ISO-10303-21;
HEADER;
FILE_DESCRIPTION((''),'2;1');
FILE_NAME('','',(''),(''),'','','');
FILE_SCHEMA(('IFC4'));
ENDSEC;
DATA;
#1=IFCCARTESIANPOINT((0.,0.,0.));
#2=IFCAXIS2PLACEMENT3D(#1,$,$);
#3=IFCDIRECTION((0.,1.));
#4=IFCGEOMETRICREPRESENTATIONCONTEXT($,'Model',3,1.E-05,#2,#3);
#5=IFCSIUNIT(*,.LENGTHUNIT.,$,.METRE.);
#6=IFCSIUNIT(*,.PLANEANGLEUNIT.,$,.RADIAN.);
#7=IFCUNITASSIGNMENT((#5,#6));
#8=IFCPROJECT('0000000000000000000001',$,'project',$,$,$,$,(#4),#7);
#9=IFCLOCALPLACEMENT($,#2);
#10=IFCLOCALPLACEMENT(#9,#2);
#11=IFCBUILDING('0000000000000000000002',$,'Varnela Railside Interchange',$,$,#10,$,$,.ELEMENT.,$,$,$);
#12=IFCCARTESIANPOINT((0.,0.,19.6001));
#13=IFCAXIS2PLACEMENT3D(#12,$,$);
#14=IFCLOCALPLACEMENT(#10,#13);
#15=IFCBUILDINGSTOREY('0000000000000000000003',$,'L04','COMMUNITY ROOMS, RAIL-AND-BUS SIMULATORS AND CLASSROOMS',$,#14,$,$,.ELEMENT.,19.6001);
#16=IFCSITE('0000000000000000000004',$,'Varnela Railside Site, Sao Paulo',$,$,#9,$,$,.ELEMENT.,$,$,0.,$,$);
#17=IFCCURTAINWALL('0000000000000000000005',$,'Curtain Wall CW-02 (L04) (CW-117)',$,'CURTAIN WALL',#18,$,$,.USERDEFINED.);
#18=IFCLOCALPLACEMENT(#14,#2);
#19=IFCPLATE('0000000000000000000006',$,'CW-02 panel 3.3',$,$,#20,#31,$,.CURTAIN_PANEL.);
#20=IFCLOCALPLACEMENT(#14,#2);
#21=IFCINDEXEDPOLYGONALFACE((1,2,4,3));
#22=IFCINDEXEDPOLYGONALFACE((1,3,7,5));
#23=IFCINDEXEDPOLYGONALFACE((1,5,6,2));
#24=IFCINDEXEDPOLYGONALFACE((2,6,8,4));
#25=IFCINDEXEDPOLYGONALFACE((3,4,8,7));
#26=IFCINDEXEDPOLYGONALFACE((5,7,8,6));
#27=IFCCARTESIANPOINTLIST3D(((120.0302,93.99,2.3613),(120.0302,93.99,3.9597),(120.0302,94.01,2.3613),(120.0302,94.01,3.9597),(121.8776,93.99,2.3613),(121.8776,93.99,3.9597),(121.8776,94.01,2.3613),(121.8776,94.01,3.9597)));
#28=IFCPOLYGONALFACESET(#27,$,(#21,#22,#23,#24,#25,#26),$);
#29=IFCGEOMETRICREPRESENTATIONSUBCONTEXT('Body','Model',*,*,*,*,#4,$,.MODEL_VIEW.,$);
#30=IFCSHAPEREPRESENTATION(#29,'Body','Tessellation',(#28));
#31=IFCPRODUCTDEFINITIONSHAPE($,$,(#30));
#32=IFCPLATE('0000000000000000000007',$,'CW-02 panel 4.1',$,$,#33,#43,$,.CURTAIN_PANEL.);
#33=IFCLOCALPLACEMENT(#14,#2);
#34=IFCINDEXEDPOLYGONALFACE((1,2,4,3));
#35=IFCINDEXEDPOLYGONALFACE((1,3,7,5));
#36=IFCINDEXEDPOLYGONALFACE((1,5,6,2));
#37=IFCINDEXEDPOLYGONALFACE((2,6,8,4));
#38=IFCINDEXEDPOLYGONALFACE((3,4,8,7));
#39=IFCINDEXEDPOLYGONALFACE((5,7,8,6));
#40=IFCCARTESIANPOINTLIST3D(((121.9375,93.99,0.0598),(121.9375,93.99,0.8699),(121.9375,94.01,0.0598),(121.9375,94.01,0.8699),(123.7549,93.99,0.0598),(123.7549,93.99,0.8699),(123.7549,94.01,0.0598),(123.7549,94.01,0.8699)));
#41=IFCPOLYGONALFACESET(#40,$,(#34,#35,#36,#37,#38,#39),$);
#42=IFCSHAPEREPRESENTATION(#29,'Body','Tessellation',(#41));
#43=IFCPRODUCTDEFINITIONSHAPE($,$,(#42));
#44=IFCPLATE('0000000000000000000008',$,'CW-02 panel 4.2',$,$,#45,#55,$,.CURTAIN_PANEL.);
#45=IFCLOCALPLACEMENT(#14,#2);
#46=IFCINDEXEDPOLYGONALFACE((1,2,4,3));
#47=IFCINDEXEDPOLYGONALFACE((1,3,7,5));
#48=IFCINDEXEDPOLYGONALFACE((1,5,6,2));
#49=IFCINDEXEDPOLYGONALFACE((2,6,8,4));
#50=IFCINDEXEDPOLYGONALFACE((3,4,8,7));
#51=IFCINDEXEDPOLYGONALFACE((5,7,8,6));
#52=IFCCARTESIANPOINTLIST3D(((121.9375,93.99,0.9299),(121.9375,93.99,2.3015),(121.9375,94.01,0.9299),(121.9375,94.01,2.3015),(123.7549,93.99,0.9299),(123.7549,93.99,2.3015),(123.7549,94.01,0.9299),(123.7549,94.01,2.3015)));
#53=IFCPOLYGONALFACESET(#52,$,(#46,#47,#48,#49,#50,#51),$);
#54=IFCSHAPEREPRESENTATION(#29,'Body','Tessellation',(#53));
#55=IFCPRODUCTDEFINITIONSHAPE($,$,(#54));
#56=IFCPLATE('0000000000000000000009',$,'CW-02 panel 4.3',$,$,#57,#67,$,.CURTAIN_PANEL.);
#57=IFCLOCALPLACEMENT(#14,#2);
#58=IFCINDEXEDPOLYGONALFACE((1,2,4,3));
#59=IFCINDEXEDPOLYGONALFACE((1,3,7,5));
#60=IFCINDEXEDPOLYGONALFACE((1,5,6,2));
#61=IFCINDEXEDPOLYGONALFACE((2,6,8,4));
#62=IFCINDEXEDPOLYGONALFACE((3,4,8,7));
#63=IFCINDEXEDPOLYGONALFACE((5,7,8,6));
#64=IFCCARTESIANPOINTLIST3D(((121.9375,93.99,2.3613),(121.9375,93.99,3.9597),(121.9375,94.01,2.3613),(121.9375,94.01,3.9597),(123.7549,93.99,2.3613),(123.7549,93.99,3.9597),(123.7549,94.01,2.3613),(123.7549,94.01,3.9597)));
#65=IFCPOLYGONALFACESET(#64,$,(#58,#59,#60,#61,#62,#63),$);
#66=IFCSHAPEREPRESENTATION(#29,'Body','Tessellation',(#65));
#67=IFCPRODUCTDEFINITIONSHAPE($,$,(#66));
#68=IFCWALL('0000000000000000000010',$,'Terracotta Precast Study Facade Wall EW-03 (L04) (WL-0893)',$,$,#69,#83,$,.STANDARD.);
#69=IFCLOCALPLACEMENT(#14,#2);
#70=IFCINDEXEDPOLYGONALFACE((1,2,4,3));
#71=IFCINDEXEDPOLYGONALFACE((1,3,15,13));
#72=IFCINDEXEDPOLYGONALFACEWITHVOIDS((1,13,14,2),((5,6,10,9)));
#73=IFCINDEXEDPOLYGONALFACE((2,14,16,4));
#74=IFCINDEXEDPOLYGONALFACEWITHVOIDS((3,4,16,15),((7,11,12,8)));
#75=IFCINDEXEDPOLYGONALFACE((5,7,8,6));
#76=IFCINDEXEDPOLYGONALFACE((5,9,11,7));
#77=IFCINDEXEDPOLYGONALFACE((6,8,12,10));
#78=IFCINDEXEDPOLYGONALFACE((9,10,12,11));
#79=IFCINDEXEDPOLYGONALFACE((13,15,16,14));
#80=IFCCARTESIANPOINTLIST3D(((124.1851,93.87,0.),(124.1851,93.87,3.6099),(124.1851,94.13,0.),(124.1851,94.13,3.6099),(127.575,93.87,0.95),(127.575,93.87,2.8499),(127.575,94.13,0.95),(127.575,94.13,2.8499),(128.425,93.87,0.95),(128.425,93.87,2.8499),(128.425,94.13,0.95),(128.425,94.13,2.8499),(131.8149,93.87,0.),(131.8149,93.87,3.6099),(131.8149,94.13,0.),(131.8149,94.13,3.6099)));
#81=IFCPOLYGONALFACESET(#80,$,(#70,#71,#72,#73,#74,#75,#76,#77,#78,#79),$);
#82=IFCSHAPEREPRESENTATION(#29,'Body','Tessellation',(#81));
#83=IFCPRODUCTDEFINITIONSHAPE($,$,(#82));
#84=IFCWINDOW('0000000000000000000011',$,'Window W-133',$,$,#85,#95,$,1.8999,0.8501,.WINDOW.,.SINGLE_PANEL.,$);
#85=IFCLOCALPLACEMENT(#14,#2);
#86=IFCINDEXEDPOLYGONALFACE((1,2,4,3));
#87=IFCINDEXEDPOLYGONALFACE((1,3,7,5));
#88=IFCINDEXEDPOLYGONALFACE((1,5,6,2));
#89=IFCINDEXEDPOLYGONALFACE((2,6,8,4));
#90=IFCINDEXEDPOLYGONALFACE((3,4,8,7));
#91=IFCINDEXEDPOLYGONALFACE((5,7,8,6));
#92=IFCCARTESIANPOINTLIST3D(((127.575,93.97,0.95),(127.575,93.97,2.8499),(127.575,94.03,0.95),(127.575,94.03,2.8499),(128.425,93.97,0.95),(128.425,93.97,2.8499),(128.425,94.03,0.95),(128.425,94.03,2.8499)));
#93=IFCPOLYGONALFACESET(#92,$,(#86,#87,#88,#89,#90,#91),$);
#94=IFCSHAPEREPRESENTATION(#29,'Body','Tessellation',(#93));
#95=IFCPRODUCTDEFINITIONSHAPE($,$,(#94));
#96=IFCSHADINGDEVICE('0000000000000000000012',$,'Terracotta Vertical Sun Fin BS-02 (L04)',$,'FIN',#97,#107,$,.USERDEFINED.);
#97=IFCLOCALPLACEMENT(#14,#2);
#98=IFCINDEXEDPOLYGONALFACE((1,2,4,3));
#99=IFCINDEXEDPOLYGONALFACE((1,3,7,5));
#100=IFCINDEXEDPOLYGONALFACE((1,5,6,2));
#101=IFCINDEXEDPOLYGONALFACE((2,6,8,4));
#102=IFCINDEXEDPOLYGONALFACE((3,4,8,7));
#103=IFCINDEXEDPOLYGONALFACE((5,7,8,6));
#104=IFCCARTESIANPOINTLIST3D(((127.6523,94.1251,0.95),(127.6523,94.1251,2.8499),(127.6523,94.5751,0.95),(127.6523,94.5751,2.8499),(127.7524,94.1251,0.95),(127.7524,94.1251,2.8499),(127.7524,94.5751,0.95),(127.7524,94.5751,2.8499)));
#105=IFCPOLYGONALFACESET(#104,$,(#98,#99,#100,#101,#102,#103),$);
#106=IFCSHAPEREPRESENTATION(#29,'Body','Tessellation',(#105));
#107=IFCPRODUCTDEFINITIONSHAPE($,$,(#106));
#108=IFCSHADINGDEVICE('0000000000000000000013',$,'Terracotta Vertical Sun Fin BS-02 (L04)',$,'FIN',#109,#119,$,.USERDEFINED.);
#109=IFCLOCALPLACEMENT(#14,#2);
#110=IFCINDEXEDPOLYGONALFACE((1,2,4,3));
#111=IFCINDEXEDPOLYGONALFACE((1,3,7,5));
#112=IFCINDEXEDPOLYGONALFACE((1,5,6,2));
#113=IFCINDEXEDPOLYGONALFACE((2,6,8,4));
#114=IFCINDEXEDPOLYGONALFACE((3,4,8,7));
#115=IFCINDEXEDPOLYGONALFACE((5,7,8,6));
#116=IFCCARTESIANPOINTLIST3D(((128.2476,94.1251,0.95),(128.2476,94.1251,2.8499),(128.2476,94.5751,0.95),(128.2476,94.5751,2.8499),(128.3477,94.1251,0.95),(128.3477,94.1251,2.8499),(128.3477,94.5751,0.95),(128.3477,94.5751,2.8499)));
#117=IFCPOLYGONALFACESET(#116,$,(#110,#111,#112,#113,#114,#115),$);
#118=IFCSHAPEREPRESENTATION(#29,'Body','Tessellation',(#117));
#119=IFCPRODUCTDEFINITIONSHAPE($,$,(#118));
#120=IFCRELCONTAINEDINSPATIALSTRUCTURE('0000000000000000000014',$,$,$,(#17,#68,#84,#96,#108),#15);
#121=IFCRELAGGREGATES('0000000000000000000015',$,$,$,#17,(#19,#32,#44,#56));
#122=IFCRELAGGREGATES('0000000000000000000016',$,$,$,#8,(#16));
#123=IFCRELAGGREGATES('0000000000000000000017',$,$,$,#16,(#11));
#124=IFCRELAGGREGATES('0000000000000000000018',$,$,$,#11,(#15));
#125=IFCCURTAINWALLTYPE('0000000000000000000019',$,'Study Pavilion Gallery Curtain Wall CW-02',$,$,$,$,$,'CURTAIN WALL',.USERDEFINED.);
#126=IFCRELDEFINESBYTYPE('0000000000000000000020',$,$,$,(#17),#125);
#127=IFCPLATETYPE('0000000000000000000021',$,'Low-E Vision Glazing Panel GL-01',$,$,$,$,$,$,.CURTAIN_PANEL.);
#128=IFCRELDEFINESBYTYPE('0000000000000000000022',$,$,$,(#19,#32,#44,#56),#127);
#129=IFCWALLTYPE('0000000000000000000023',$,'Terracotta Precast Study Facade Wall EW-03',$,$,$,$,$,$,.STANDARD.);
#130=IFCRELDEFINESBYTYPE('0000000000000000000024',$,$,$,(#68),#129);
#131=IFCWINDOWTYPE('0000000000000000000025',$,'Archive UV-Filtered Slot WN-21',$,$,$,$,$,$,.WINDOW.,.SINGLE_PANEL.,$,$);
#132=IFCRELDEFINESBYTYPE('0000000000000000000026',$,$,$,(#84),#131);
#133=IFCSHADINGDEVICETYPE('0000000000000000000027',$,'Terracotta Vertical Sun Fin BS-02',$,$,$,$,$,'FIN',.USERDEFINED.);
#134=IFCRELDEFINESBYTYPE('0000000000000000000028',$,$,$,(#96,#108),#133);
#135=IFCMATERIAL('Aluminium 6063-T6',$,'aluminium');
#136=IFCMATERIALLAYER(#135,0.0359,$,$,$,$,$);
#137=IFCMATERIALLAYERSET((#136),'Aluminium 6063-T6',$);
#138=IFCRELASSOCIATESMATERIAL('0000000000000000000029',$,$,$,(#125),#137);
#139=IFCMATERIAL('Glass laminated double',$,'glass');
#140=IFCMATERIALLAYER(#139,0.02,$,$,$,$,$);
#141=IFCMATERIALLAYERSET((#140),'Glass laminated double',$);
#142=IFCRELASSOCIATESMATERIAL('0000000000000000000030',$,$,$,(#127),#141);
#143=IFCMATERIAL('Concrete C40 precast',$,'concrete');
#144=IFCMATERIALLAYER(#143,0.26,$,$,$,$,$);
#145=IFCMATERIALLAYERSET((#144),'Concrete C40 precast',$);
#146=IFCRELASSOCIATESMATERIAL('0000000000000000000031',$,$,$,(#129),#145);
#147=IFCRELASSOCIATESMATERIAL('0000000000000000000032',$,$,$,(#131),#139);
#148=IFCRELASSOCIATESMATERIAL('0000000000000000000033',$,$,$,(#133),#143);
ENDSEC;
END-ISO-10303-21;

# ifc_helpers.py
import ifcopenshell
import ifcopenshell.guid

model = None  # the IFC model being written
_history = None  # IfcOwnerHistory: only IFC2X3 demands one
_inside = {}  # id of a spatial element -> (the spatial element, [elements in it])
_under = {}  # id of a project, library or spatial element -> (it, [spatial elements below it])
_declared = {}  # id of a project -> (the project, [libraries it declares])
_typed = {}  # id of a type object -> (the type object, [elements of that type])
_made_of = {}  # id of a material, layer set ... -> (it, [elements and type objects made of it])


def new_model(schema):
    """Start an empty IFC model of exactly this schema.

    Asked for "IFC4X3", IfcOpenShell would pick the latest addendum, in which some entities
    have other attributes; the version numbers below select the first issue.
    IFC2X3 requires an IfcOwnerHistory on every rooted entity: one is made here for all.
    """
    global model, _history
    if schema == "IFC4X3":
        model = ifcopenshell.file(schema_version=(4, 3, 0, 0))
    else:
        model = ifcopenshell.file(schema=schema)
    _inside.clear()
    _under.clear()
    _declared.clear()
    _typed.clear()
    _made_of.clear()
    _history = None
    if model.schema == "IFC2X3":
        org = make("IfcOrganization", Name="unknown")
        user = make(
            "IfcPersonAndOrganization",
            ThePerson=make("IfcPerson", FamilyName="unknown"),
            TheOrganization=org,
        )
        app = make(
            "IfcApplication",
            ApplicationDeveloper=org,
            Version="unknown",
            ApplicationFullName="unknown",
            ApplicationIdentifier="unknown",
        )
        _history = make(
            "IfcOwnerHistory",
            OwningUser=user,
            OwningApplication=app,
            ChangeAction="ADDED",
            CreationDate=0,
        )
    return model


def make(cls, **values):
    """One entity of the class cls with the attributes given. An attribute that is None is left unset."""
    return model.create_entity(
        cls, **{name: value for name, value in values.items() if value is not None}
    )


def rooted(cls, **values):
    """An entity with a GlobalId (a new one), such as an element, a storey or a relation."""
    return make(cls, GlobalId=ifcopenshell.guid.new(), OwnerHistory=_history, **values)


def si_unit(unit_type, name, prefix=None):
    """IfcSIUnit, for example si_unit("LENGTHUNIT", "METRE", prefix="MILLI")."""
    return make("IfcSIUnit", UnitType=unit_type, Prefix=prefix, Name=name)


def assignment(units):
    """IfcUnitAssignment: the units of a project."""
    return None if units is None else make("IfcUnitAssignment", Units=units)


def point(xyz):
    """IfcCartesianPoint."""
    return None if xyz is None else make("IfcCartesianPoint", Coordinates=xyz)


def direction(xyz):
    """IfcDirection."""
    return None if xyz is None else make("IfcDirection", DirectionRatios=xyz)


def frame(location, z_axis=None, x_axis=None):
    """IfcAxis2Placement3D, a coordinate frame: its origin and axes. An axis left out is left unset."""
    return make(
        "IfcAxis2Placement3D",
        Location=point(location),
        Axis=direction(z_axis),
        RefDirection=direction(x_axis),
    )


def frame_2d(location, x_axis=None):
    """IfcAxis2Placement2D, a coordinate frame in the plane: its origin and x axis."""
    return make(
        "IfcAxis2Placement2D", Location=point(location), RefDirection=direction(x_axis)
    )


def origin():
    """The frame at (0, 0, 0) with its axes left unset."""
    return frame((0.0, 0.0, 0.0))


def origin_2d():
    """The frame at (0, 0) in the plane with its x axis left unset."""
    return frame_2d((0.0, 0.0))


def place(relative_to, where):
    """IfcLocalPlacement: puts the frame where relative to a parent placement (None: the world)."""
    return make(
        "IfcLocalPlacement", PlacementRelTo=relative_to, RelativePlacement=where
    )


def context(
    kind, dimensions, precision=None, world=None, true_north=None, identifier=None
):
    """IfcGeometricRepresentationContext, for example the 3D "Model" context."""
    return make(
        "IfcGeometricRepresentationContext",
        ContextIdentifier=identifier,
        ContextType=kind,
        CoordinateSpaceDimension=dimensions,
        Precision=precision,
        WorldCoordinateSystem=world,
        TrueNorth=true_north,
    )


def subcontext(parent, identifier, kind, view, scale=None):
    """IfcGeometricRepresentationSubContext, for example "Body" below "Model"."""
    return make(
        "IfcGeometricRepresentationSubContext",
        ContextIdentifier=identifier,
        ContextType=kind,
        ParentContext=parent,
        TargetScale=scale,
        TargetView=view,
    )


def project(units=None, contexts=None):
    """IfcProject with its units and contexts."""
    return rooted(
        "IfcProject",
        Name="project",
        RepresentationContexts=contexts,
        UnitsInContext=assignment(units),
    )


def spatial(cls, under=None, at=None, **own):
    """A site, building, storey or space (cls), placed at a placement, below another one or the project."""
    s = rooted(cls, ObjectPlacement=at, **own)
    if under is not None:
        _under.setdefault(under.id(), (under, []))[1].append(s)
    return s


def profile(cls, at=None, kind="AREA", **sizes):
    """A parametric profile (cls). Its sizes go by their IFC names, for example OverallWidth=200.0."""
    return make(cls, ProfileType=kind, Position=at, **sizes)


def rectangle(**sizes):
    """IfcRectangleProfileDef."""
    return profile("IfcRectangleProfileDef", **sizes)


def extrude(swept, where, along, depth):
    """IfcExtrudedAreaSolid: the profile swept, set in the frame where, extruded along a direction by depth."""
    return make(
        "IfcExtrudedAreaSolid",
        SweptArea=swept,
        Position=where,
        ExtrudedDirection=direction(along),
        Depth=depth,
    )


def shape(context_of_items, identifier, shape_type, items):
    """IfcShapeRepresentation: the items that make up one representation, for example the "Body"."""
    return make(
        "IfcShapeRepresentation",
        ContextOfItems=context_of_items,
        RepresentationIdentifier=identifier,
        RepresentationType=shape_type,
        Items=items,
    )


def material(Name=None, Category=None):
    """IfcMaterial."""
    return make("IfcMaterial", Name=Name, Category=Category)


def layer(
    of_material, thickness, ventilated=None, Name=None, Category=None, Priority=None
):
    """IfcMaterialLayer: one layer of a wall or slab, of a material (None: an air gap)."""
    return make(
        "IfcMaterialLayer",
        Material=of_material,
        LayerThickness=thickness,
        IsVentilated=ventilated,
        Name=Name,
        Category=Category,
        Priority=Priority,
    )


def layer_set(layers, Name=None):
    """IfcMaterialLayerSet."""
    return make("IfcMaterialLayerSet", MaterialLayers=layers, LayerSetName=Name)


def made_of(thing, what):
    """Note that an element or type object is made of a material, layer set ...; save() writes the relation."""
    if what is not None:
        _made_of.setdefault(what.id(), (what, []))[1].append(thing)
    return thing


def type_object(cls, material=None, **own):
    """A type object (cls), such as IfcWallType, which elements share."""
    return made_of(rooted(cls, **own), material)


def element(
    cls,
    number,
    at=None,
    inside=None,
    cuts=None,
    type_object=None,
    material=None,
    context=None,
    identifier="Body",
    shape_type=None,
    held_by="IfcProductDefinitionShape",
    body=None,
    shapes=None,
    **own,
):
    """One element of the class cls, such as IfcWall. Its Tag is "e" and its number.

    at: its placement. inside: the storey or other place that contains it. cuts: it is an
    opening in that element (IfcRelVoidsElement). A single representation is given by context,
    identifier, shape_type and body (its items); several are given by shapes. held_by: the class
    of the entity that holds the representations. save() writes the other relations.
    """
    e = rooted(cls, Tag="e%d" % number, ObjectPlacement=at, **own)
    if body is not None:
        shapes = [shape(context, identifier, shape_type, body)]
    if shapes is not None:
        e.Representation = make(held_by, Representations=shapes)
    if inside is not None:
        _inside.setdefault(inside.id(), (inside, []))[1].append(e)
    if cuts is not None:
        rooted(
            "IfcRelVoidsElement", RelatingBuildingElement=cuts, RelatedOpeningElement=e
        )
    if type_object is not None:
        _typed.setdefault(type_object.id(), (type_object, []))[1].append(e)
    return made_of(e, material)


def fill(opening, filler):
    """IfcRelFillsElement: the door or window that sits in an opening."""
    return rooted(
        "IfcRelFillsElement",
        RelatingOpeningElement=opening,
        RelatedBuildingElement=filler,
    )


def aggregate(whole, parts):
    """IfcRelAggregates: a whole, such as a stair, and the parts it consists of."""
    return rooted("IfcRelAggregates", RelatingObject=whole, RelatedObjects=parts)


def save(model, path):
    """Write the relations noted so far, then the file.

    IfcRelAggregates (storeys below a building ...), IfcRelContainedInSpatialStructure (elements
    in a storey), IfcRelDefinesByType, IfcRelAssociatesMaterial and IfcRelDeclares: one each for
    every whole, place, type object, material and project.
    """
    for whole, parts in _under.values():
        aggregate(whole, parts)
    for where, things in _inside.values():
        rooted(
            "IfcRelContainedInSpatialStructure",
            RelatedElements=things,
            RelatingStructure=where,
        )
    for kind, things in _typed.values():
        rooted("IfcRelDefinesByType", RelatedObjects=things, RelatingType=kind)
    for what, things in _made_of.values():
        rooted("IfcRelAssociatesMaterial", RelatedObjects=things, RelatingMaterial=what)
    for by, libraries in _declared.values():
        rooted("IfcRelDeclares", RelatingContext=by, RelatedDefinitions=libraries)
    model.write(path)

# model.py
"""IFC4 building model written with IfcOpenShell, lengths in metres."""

from ifc_helpers import new_model, si_unit, direction, frame, frame_2d, origin, origin_2d, place, context, subcontext, project, spatial, rectangle, extrude, material, layer, layer_set, type_object, element, fill, aggregate, save


model = new_model("IFC4")

# Units and contexts
model_context = context("Model", 3, precision=1e-05, world=origin(), true_north=direction((0.0, 1.0)))
body_context = subcontext(model_context, "Body", "Model", "MODEL_VIEW")
ifc_project = project(units=[si_unit("LENGTHUNIT", "METRE"), si_unit("PLANEANGLEUNIT", "RADIAN")], contexts=[model_context])

# Site, building, storey
site_placement = place(None, origin())
site = spatial("IfcSite", under=ifc_project, at=site_placement, Name="Varnela Railside Site, Sao Paulo", CompositionType="ELEMENT", RefElevation=0.0)
building_placement = place(site_placement, origin())
building = spatial("IfcBuilding", under=site, at=building_placement, Name="Varnela Railside Interchange", CompositionType="ELEMENT")
storey_placement = place(building_placement, frame((0.0, 0.0, 19.6001)))
storey = spatial("IfcBuildingStorey", under=building, at=storey_placement, Name="L04", Description="COMMUNITY ROOMS, RAIL-AND-BUS SIMULATORS AND CLASSROOMS", CompositionType="ELEMENT", Elevation=19.6001)

# Curtain wall
ifc_material_1 = material(Name="Aluminium 6063-T6", Category="aluminium")
ifc_layer_1 = layer(ifc_material_1, 0.0359)
ifc_layer_set_1 = layer_set([ifc_layer_1], Name="Aluminium 6063-T6")
curtain_wall_type = type_object("IfcCurtainWallType", Name="Study Pavilion Gallery Curtain Wall CW-02", ElementType="CURTAIN WALL", PredefinedType="USERDEFINED", material=ifc_layer_set_1)
curtain_wall_placement = place(storey_placement, origin())
curtain_wall = element("IfcCurtainWall", 1, at=curtain_wall_placement, inside=storey, type_object=curtain_wall_type, Name="Curtain Wall CW-02 (L04) (CW-117)", ObjectType="CURTAIN WALL", PredefinedType="USERDEFINED")

# Plates
ifc_material_2 = material(Name="Glass laminated double", Category="glass")
ifc_layer_2 = layer(ifc_material_2, 0.02)
ifc_layer_set_2 = layer_set([ifc_layer_2], Name="Glass laminated double")
plate_type = type_object("IfcPlateType", Name="Low-E Vision Glazing Panel GL-01", PredefinedType="CURTAIN_PANEL", material=ifc_layer_set_2)
plate_1_placement = place(storey_placement, frame((120.9539, 94.0, 2.3613), z_axis=(0.0, 0.0, 1.0), x_axis=(1.0, 0.0, 0.0)))
plate_1 = element("IfcPlate", 2, at=plate_1_placement, type_object=plate_type, Name="CW-02 panel 3.3", PredefinedType="CURTAIN_PANEL", context=body_context, shape_type="SweptSolid", body=[
    extrude(rectangle(XDim=1.8474, YDim=0.02, at=origin_2d()), origin(), (0.0, 0.0, 1.0), 1.5984),
])
plate_2_placement = place(storey_placement, frame((122.8462, 94.0, 0.0598), z_axis=(0.0, 0.0, 1.0), x_axis=(1.0, 0.0, 0.0)))
plate_2 = element("IfcPlate", 3, at=plate_2_placement, type_object=plate_type, Name="CW-02 panel 4.1", PredefinedType="CURTAIN_PANEL", context=body_context, shape_type="SweptSolid", body=[
    extrude(rectangle(XDim=1.8174, YDim=0.02, at=origin_2d()), origin(), (0.0, 0.0, 1.0), 0.8101),
])
plate_3_placement = place(storey_placement, frame((122.8462, 94.0, 0.9299), z_axis=(0.0, 0.0, 1.0), x_axis=(1.0, 0.0, 0.0)))
plate_3 = element("IfcPlate", 4, at=plate_3_placement, type_object=plate_type, Name="CW-02 panel 4.2", PredefinedType="CURTAIN_PANEL", context=body_context, shape_type="SweptSolid", body=[
    extrude(rectangle(XDim=1.8174, YDim=0.02, at=origin_2d()), origin(), (0.0, 0.0, 1.0), 1.3716),
])
plate_4_placement = place(storey_placement, frame((122.8462, 94.0, 2.3613), z_axis=(0.0, 0.0, 1.0), x_axis=(1.0, 0.0, 0.0)))
plate_4 = element("IfcPlate", 5, at=plate_4_placement, type_object=plate_type, Name="CW-02 panel 4.3", PredefinedType="CURTAIN_PANEL", context=body_context, shape_type="SweptSolid", body=[
    extrude(rectangle(XDim=1.8174, YDim=0.02, at=origin_2d()), origin(), (0.0, 0.0, 1.0), 1.5984),
])
aggregate(curtain_wall, [plate_1, plate_2, plate_3, plate_4])

# Wall, opening, window
ifc_material_3 = material(Name="Concrete C40 precast", Category="concrete")
ifc_layer_3 = layer(ifc_material_3, 0.26)
ifc_layer_set_3 = layer_set([ifc_layer_3], Name="Concrete C40 precast")
wall_type = type_object("IfcWallType", Name="Terracotta Precast Study Facade Wall EW-03", PredefinedType="STANDARD", material=ifc_layer_set_3)
wall_placement = place(storey_placement, frame((124.1851, 94.0, 0.0), z_axis=(0.0, 0.0, 1.0), x_axis=(1.0, 0.0, 0.0)))
wall = element("IfcWall", 6, at=wall_placement, inside=storey, type_object=wall_type, Name="Terracotta Precast Study Facade Wall EW-03 (L04) (WL-0893)", PredefinedType="STANDARD", context=body_context, shape_type="SweptSolid", body=[
    extrude(rectangle(XDim=7.6299, YDim=0.26, at=frame_2d((3.8149, 0.0))), origin(), (0.0, 0.0, 1.0), 3.6099),
])
opening_placement = place(wall_placement, frame((3.3899, 0.0, 0.95)))
opening = element("IfcOpeningElement", 7, at=opening_placement, cuts=wall, PredefinedType="OPENING", context=body_context, shape_type="SweptSolid", body=[
    extrude(rectangle(XDim=0.8501, YDim=1.8999, at=frame_2d((0.425, 0.95))), frame((0.0, 0.1399, 0.0), z_axis=(0.0, -1.0, 0.0), x_axis=(1.0, 0.0, 0.0)), (0.0, 0.0, 1.0), 0.28),
])
window_type = type_object("IfcWindowType", Name="Archive UV-Filtered Slot WN-21", PartitioningType="SINGLE_PANEL", PredefinedType="WINDOW", material=ifc_material_2)
window_placement = place(opening_placement, origin())
window = element("IfcWindow", 8, at=window_placement, inside=storey, type_object=window_type, Name="Window W-133", OverallHeight=1.8999, OverallWidth=0.8501, PartitioningType="SINGLE_PANEL", PredefinedType="WINDOW", context=body_context, shape_type="SweptSolid", body=[
    extrude(rectangle(XDim=0.8501, YDim=1.8999, at=frame_2d((0.425, 0.95))), frame((0.0, 0.03, 0.0), z_axis=(0.0, -1.0, 0.0), x_axis=(1.0, 0.0, 0.0)), (0.0, 0.0, 1.0), 0.0601),
])
fill(opening, window)

# Shading devices
shading_device_type = type_object("IfcShadingDeviceType", Name="Terracotta Vertical Sun Fin BS-02", ElementType="FIN", PredefinedType="USERDEFINED", material=ifc_material_3)
for number, where, z_axis, x_axis, name in (
    (9, (127.7024, 94.3501, 0.95), (0.0, 0.0, 1.0), (0.0, 1.0, 0.0), "Terracotta Vertical Sun Fin BS-02 (L04)"),
    (10, (128.2976, 94.3501, 0.95), (0.0, 0.0, 1.0), (0.0, 1.0, 0.0), "Terracotta Vertical Sun Fin BS-02 (L04)"),
):
    element("IfcShadingDevice", number, at=place(storey_placement, frame(where, z_axis=z_axis, x_axis=x_axis)), inside=storey, type_object=shading_device_type, Name=name, ObjectType="FIN", PredefinedType="USERDEFINED", context=body_context, shape_type="SweptSolid", body=[
        extrude(rectangle(XDim=0.45, YDim=0.1001, at=origin_2d()), origin(), (0.0, 0.0, 1.0), 1.8999),
    ])

save(model, "model.ifc")
